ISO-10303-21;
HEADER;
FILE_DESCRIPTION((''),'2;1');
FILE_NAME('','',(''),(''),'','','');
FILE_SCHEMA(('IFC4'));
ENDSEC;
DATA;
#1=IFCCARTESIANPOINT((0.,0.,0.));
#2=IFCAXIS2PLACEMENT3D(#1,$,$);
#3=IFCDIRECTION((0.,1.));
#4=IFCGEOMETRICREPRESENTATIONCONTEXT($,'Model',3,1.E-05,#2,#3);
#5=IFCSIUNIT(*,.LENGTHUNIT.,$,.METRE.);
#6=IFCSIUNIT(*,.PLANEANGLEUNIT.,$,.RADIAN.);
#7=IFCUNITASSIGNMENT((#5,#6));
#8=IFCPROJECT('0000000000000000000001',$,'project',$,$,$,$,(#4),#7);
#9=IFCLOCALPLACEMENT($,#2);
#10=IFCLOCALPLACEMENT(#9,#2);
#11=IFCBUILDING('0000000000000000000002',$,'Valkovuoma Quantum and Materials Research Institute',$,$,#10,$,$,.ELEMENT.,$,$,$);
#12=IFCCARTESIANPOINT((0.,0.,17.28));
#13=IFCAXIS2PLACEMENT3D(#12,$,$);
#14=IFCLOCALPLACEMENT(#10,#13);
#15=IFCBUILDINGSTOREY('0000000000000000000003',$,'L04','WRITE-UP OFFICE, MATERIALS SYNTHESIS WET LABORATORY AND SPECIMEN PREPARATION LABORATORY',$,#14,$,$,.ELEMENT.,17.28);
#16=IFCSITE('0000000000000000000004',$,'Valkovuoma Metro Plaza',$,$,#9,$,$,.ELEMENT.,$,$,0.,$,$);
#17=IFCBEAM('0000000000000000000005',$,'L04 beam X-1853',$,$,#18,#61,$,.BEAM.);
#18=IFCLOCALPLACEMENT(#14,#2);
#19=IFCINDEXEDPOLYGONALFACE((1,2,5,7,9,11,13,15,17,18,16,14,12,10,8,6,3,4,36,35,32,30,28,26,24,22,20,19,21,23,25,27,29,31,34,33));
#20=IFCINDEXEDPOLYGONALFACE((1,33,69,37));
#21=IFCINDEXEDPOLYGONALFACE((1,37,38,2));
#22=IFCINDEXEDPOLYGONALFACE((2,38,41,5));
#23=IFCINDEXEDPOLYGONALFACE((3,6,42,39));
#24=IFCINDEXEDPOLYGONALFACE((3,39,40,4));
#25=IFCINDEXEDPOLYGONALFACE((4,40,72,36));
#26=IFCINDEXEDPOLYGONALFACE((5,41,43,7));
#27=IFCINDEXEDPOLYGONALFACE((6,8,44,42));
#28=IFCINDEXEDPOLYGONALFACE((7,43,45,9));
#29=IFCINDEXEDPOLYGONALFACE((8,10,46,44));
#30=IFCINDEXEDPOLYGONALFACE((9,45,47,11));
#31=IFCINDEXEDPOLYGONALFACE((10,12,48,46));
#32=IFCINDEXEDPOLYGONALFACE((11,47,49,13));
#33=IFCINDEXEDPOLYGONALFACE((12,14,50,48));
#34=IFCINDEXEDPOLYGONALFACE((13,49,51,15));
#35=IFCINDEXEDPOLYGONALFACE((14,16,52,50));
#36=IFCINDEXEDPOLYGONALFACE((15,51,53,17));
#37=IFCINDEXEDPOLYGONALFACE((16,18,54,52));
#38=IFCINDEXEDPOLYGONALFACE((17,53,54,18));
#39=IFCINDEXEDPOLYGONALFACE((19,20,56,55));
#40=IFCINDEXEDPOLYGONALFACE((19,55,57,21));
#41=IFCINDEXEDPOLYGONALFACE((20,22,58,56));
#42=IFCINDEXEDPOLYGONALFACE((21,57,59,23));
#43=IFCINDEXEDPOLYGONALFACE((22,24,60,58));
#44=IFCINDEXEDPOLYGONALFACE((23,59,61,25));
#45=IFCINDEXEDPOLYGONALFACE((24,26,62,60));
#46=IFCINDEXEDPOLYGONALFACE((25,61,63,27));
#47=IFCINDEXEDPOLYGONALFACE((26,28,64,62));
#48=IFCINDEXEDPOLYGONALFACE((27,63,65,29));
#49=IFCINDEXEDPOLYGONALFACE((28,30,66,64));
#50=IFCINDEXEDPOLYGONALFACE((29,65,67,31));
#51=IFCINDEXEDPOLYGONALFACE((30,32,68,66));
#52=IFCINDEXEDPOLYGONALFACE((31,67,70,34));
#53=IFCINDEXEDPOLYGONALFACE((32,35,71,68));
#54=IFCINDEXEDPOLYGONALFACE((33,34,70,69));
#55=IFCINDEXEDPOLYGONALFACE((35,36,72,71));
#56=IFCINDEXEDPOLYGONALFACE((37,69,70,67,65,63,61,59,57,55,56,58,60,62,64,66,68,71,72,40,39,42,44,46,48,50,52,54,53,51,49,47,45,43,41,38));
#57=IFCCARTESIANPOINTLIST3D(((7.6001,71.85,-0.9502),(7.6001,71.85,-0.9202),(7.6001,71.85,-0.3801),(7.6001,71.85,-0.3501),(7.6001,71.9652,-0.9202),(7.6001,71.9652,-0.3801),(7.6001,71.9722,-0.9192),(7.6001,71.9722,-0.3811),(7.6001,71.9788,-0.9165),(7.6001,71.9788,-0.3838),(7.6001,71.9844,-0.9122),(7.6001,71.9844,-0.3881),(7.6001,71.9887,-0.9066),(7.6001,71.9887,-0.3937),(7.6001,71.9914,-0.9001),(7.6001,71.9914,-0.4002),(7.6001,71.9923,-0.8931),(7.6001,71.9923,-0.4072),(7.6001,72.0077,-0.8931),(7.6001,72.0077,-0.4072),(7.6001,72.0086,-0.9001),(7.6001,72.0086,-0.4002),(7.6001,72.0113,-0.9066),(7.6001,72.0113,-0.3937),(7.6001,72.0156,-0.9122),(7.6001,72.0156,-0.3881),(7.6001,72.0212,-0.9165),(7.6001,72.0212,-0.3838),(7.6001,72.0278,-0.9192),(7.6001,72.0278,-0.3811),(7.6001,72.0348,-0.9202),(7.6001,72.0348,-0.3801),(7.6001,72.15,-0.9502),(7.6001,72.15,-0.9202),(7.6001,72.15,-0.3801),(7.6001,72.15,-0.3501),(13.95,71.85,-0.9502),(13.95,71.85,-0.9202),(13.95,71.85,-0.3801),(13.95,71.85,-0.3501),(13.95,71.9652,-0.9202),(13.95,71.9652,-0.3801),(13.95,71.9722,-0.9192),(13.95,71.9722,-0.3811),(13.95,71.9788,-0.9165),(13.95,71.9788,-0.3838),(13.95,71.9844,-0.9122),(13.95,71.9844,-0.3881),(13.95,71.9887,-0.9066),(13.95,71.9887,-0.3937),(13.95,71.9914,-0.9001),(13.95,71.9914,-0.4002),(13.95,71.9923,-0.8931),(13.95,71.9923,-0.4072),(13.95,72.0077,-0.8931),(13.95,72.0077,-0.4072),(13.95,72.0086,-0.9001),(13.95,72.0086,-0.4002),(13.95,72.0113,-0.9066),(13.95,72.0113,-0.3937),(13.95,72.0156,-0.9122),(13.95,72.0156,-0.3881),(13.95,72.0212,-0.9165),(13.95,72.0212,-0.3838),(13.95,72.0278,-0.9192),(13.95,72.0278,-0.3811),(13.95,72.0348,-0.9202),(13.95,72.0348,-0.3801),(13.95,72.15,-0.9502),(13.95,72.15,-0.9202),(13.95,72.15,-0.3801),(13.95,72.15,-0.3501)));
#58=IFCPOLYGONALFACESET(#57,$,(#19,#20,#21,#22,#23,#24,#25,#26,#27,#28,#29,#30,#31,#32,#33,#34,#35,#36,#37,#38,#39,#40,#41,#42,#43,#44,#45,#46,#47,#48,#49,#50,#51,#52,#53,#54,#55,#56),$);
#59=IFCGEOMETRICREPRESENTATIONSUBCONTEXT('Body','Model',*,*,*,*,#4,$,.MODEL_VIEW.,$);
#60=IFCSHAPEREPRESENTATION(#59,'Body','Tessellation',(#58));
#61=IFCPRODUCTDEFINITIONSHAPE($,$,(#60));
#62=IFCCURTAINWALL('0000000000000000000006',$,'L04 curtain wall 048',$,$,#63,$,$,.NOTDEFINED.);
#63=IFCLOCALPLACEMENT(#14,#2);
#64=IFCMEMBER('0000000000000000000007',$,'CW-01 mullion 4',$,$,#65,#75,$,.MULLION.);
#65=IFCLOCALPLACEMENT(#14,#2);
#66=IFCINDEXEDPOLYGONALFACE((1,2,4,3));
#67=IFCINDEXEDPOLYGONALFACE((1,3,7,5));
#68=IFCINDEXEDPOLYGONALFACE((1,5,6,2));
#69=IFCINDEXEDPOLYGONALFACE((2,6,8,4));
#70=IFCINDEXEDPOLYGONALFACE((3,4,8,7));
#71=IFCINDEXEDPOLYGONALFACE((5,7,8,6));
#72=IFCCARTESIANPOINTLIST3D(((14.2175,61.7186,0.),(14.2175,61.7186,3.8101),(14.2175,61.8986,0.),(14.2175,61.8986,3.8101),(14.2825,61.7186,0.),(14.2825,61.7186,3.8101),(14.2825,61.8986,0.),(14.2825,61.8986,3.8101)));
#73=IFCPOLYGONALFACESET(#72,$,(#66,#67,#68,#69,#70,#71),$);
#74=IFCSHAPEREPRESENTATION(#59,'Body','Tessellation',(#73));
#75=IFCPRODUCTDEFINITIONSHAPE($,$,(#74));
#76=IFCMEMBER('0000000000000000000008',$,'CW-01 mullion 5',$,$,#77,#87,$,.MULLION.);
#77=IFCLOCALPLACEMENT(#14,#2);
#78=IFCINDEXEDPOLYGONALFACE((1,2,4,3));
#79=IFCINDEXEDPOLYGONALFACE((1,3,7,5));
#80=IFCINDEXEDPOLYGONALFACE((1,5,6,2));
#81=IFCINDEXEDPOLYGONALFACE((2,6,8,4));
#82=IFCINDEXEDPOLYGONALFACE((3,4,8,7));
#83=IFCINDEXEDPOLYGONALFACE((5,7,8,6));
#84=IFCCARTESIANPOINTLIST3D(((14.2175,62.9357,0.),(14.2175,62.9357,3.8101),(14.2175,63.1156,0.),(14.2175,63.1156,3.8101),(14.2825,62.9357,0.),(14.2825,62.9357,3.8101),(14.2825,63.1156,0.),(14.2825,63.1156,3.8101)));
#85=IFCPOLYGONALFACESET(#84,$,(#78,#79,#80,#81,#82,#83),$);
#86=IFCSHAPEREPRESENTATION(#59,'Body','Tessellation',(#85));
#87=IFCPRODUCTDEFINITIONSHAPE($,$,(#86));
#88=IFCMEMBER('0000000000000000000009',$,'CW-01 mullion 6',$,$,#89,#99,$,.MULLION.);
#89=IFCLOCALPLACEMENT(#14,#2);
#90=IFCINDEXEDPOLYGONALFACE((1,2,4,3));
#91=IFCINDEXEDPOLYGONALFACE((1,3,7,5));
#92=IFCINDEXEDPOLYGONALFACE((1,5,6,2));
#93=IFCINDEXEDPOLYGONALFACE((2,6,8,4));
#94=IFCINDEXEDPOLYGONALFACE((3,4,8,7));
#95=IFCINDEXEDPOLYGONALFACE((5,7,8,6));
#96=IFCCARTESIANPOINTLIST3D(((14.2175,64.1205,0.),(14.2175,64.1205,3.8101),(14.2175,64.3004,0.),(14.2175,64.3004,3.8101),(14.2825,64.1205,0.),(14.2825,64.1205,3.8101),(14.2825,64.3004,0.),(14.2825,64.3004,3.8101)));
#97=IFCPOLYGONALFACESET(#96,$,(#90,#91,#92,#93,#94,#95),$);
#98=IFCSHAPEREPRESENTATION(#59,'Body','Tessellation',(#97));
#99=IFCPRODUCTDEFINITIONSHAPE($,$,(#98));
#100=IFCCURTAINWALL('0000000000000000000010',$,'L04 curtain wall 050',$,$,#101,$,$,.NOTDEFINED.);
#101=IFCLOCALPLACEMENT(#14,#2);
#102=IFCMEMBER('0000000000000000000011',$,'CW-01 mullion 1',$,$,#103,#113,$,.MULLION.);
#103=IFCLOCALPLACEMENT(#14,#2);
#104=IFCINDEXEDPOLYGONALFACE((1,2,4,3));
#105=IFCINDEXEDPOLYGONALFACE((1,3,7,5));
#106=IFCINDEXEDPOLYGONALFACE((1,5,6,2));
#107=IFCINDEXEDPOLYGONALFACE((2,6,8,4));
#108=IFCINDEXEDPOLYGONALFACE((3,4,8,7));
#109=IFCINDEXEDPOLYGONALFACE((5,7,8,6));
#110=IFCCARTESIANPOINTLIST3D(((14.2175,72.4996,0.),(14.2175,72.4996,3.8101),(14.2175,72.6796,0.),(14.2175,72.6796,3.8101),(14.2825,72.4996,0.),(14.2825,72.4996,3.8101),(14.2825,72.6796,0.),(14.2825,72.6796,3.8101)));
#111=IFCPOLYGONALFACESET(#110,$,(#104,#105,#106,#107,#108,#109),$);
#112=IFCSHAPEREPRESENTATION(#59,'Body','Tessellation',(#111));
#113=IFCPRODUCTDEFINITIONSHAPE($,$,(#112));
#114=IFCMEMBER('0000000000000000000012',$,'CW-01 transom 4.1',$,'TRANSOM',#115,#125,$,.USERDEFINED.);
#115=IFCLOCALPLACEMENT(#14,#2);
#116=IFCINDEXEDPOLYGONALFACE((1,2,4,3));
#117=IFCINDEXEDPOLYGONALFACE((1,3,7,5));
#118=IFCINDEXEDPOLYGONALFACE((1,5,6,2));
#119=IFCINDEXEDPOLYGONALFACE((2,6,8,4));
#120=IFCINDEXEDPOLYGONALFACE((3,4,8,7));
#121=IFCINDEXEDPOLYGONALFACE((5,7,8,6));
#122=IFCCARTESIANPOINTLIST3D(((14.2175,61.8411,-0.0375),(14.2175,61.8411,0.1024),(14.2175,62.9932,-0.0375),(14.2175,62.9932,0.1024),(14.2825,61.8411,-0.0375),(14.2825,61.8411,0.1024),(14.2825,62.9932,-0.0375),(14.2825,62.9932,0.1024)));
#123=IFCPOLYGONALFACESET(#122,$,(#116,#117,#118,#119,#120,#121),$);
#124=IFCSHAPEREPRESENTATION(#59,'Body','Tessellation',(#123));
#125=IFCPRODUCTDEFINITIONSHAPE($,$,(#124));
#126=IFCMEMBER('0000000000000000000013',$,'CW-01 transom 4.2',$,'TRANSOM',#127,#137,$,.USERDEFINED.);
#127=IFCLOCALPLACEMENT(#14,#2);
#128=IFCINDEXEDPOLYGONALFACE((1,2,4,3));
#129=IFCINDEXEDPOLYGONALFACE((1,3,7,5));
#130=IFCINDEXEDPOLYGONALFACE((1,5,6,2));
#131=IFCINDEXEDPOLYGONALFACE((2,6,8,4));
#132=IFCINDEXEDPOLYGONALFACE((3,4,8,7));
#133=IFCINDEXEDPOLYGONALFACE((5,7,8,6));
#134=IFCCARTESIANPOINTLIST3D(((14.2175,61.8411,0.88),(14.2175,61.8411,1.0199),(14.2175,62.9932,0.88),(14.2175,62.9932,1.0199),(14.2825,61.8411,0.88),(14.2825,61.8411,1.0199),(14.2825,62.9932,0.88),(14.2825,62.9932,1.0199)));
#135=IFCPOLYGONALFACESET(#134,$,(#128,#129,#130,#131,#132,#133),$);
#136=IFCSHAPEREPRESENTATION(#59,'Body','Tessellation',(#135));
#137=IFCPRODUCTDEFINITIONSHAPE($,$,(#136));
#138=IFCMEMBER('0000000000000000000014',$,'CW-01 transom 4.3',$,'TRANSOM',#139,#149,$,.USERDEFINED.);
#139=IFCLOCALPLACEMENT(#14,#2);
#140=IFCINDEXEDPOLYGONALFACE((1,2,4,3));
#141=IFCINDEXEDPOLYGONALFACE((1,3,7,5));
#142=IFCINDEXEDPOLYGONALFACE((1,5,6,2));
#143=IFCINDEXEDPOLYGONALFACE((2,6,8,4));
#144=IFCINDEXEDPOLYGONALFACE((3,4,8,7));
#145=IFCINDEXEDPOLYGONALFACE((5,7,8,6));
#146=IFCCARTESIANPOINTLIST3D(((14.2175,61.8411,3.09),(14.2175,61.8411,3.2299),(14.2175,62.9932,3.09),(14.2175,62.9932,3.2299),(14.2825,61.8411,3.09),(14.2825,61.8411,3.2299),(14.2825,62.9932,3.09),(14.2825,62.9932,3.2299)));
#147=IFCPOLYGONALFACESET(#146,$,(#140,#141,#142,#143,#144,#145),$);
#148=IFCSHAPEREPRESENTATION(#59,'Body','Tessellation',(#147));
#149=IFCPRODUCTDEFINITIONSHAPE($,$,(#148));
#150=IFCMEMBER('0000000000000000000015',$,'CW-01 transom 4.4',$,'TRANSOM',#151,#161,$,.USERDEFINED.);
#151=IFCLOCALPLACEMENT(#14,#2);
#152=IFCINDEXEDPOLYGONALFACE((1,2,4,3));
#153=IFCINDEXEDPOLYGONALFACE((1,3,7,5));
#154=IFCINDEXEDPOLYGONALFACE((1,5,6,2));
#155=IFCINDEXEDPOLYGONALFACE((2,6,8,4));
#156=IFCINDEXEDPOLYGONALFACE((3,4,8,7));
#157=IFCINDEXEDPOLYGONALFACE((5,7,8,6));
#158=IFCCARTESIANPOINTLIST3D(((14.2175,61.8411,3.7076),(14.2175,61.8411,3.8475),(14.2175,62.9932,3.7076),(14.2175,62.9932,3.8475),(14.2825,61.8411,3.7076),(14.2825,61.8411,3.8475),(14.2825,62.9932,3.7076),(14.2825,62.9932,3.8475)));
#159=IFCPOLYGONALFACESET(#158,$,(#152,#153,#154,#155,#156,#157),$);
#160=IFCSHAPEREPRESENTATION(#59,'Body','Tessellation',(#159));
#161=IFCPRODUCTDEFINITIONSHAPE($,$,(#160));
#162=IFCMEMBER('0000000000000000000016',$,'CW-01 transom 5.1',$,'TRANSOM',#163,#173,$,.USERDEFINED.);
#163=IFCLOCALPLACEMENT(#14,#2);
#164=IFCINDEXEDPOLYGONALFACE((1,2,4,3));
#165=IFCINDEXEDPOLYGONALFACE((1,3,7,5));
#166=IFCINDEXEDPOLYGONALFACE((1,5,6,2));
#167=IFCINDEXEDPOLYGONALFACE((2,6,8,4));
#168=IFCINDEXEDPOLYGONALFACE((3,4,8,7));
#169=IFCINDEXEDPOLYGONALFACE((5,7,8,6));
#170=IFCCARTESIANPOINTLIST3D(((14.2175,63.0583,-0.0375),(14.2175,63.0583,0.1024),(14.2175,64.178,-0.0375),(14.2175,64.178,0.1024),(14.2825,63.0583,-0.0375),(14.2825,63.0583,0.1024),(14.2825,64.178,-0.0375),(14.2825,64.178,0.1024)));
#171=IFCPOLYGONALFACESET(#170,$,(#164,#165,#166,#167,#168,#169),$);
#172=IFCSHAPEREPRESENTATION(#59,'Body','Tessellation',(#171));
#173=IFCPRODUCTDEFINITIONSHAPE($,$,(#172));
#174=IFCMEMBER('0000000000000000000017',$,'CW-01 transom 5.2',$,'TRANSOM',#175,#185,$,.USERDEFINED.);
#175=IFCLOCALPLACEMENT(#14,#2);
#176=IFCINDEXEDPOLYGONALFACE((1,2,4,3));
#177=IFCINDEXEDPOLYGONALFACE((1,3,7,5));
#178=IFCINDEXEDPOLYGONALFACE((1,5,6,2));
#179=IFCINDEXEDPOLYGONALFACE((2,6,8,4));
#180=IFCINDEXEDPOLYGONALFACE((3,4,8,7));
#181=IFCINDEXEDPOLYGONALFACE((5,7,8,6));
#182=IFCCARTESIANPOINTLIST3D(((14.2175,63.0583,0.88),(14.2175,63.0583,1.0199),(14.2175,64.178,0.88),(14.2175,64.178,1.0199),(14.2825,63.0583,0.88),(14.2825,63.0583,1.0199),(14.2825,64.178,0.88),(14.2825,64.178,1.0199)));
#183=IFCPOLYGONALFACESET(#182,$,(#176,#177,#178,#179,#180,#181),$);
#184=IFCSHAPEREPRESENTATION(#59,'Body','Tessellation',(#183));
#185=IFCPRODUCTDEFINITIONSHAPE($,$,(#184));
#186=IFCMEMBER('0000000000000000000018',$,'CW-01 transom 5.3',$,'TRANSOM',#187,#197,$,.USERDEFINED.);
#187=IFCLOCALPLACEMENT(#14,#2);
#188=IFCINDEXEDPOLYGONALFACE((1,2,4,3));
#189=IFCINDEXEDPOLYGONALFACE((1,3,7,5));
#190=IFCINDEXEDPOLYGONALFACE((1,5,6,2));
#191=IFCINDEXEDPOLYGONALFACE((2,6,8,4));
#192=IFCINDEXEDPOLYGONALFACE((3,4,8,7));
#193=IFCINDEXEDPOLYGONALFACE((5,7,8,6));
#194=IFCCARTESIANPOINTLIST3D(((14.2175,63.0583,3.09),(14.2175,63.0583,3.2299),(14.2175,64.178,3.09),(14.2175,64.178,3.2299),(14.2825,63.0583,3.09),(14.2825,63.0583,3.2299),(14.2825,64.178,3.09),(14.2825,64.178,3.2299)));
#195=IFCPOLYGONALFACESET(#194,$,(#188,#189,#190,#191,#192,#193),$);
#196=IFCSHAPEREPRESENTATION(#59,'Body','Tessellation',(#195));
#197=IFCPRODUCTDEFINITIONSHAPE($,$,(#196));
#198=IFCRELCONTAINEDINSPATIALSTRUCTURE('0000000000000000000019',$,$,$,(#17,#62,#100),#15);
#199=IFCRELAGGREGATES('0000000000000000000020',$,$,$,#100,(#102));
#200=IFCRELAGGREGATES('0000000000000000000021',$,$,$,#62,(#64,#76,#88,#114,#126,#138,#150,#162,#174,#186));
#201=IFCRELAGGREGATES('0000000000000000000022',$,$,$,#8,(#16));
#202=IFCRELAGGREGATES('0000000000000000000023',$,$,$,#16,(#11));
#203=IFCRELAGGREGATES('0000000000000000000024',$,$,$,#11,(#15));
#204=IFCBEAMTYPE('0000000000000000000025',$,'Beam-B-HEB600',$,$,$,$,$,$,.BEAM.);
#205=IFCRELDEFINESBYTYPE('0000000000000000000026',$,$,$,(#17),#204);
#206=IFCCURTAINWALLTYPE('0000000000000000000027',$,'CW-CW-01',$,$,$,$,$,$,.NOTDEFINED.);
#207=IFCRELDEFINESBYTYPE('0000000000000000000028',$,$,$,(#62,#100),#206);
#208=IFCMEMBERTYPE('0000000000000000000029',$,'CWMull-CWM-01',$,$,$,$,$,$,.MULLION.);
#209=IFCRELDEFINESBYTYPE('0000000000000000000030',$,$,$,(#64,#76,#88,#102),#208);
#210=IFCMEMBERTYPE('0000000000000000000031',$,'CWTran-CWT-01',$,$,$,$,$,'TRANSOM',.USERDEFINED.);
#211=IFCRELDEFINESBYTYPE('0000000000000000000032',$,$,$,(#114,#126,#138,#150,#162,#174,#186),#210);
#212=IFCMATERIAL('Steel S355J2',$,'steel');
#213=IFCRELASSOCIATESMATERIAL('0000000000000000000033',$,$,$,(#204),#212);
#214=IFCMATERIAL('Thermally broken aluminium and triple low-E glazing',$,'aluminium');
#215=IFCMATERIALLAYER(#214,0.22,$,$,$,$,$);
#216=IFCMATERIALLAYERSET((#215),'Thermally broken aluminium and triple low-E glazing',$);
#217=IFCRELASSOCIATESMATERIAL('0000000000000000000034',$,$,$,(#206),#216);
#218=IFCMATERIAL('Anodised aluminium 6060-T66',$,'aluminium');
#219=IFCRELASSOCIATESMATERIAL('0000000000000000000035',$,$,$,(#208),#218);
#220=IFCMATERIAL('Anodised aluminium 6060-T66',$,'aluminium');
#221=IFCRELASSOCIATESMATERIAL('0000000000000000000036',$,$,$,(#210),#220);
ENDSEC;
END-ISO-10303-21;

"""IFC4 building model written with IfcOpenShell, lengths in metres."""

from ifc_helpers import new_model, si_unit, direction, frame, origin, origin_2d, place, context, subcontext, project, spatial, rectangle, i_section, extrude, material, layer, layer_set, material_profile, profile_set, type_object, element, aggregate, save


model = new_model("IFC4")

# Units and contexts
model_context = context("Model", 3, precision=1e-05, world=origin(), true_north=direction((0.0, 1.0)))
body_context = subcontext(model_context, "Body", "Model", "MODEL_VIEW")
ifc_project = project(units=[si_unit("LENGTHUNIT", "METRE"), si_unit("PLANEANGLEUNIT", "RADIAN")], contexts=[model_context])

# Site, building, storey
site_placement = place(None, origin())
site = spatial("IfcSite", under=ifc_project, at=site_placement, Name="Valkovuoma Metro Plaza", CompositionType="ELEMENT", RefElevation=0.0)
building_placement = place(site_placement, origin())
building = spatial("IfcBuilding", under=site, at=building_placement, Name="Valkovuoma Quantum and Materials Research Institute", CompositionType="ELEMENT")
storey_placement = place(building_placement, frame((0.0, 0.0, 17.28)))
storey = spatial("IfcBuildingStorey", under=building, at=storey_placement, Name="L04", Description="WRITE-UP OFFICE, MATERIALS SYNTHESIS WET LABORATORY AND SPECIMEN PREPARATION LABORATORY", CompositionType="ELEMENT", Elevation=17.28)

# Beam
ifc_material_1 = material(Name="Steel S355J2", Category="steel")
ifc_material_profile_1 = material_profile(ifc_material_1, i_section(OverallWidth=0.3, OverallDepth=0.6001, WebThickness=0.0154, FlangeThickness=0.03, FilletRadius=0.0271, at=origin_2d()), Name="Steel S355J2")
ifc_profile_set_1 = profile_set([ifc_material_profile_1], Name="Steel S355J2")
beam_type = type_object("IfcBeamType", Name="Beam-B-HEB600", PredefinedType="BEAM", material=ifc_profile_set_1)
beam_placement = place(storey_placement, frame((7.6001, 72.0, -0.6501), z_axis=(1.0, 0.0, 0.0), x_axis=(0.0, 1.0, 0.0)))
element("IfcBeam", 1, at=beam_placement, inside=storey, type_object=beam_type, Name="L04 beam X-1853", PredefinedType="BEAM", context=body_context, shape_type="SweptSolid", body=[
    extrude(i_section(OverallWidth=0.3, OverallDepth=0.6001, WebThickness=0.0154, FlangeThickness=0.03, FilletRadius=0.0271, at=origin_2d()), origin(), (0.0, 0.0, 1.0), 6.3499),
])

# Curtain wall, members
ifc_material_2 = material(Name="Thermally broken aluminium and triple low-E glazing", Category="aluminium")
ifc_layer_1 = layer(ifc_material_2, 0.22)
ifc_layer_set_1 = layer_set([ifc_layer_1], Name="Thermally broken aluminium and triple low-E glazing")
curtain_wall_type = type_object("IfcCurtainWallType", Name="CW-CW-01", PredefinedType="NOTDEFINED", material=ifc_layer_set_1)
curtain_wall_1_placement = place(storey_placement, origin())
curtain_wall_1 = element("IfcCurtainWall", 2, at=curtain_wall_1_placement, inside=storey, type_object=curtain_wall_type, Name="L04 curtain wall 048", PredefinedType="NOTDEFINED")
ifc_material_3 = material(Name="Anodised aluminium 6060-T66", Category="aluminium")
ifc_material_profile_2 = material_profile(ifc_material_3, rectangle(XDim=0.0649, YDim=0.1799, at=origin_2d()), Name="Anodised aluminium 6060-T66")
ifc_profile_set_2 = profile_set([ifc_material_profile_2], Name="Anodised aluminium 6060-T66")
member_type_1 = type_object("IfcMemberType", Name="CWMull-CWM-01", PredefinedType="MULLION", material=ifc_profile_set_2)
member_1_placement = place(storey_placement, frame((14.25, 61.8086, 0.0), z_axis=(0.0, 0.0, 1.0), x_axis=(-1.0, 0.0, 0.0)))
member_1 = element("IfcMember", 3, at=member_1_placement, type_object=member_type_1, Name="CW-01 mullion 4", PredefinedType="MULLION", context=body_context, shape_type="SweptSolid", body=[
    extrude(rectangle(XDim=0.0649, YDim=0.1799, at=origin_2d()), origin(), (0.0, 0.0, 1.0), 3.8101),
])
member_2_placement = place(storey_placement, frame((14.25, 63.0256, 0.0), z_axis=(0.0, 0.0, 1.0), x_axis=(-1.0, 0.0, 0.0)))
member_2 = element("IfcMember", 4, at=member_2_placement, type_object=member_type_1, Name="CW-01 mullion 5", PredefinedType="MULLION", context=body_context, shape_type="SweptSolid", body=[
    extrude(rectangle(XDim=0.0649, YDim=0.1799, at=origin_2d()), origin(), (0.0, 0.0, 1.0), 3.8101),
])
member_3_placement = place(storey_placement, frame((14.25, 64.2104, 0.0), z_axis=(0.0, 0.0, 1.0), x_axis=(-1.0, 0.0, 0.0)))
member_3 = element("IfcMember", 5, at=member_3_placement, type_object=member_type_1, Name="CW-01 mullion 6", PredefinedType="MULLION", context=body_context, shape_type="SweptSolid", body=[
    extrude(rectangle(XDim=0.0649, YDim=0.1799, at=origin_2d()), origin(), (0.0, 0.0, 1.0), 3.8101),
])

# Curtain wall, member
curtain_wall_2_placement = place(storey_placement, origin())
curtain_wall_2 = element("IfcCurtainWall", 6, at=curtain_wall_2_placement, inside=storey, type_object=curtain_wall_type, Name="L04 curtain wall 050", PredefinedType="NOTDEFINED")
member_4_placement = place(storey_placement, frame((14.25, 72.5896, 0.0), z_axis=(0.0, 0.0, 1.0), x_axis=(-1.0, 0.0, 0.0)))
member_4 = element("IfcMember", 7, at=member_4_placement, type_object=member_type_1, Name="CW-01 mullion 1", PredefinedType="MULLION", context=body_context, shape_type="SweptSolid", body=[
    extrude(rectangle(XDim=0.0649, YDim=0.1799, at=origin_2d()), origin(), (0.0, 0.0, 1.0), 3.8101),
])

# Members
ifc_material_4 = material(Name="Anodised aluminium 6060-T66", Category="aluminium")
ifc_material_profile_3 = material_profile(ifc_material_4, rectangle(XDim=0.0649, YDim=0.1399, at=origin_2d()), Name="Anodised aluminium 6060-T66")
ifc_profile_set_3 = profile_set([ifc_material_profile_3], Name="Anodised aluminium 6060-T66")
member_type_2 = type_object("IfcMemberType", Name="CWTran-CWT-01", ElementType="TRANSOM", PredefinedType="USERDEFINED", material=ifc_profile_set_3)
member_5_placement = place(storey_placement, frame((14.25, 61.8411, 0.0325), z_axis=(0.0, 1.0, 0.0), x_axis=(-1.0, 0.0, 0.0)))
member_5 = element("IfcMember", 8, at=member_5_placement, type_object=member_type_2, Name="CW-01 transom 4.1", ObjectType="TRANSOM", PredefinedType="USERDEFINED", context=body_context, shape_type="SweptSolid", body=[
    extrude(rectangle(XDim=0.0649, YDim=0.1399, at=origin_2d()), origin(), (0.0, 0.0, 1.0), 1.1521),
])
member_6_placement = place(storey_placement, frame((14.25, 61.8411, 0.95), z_axis=(0.0, 1.0, 0.0), x_axis=(-1.0, 0.0, 0.0)))
member_6 = element("IfcMember", 9, at=member_6_placement, type_object=member_type_2, Name="CW-01 transom 4.2", ObjectType="TRANSOM", PredefinedType="USERDEFINED", context=body_context, shape_type="SweptSolid", body=[
    extrude(rectangle(XDim=0.0649, YDim=0.1399, at=origin_2d()), origin(), (0.0, 0.0, 1.0), 1.1521),
])
member_7_placement = place(storey_placement, frame((14.25, 61.8411, 3.1599), z_axis=(0.0, 1.0, 0.0), x_axis=(-1.0, 0.0, 0.0)))
member_7 = element("IfcMember", 10, at=member_7_placement, type_object=member_type_2, Name="CW-01 transom 4.3", ObjectType="TRANSOM", PredefinedType="USERDEFINED", context=body_context, shape_type="SweptSolid", body=[
    extrude(rectangle(XDim=0.0649, YDim=0.1399, at=origin_2d()), origin(), (0.0, 0.0, 1.0), 1.1521),
])
member_8_placement = place(storey_placement, frame((14.25, 61.8411, 3.7776), z_axis=(0.0, 1.0, 0.0), x_axis=(-1.0, 0.0, 0.0)))
member_8 = element("IfcMember", 11, at=member_8_placement, type_object=member_type_2, Name="CW-01 transom 4.4", ObjectType="TRANSOM", PredefinedType="USERDEFINED", context=body_context, shape_type="SweptSolid", body=[
    extrude(rectangle(XDim=0.0649, YDim=0.1399, at=origin_2d()), origin(), (0.0, 0.0, 1.0), 1.1521),
])
member_9_placement = place(storey_placement, frame((14.25, 63.0583, 0.0325), z_axis=(0.0, 1.0, 0.0), x_axis=(-1.0, 0.0, 0.0)))
member_9 = element("IfcMember", 12, at=member_9_placement, type_object=member_type_2, Name="CW-01 transom 5.1", ObjectType="TRANSOM", PredefinedType="USERDEFINED", context=body_context, shape_type="SweptSolid", body=[
    extrude(rectangle(XDim=0.0649, YDim=0.1399, at=origin_2d()), origin(), (0.0, 0.0, 1.0), 1.1196),
])
member_10_placement = place(storey_placement, frame((14.25, 63.0583, 0.95), z_axis=(0.0, 1.0, 0.0), x_axis=(-1.0, 0.0, 0.0)))
member_10 = element("IfcMember", 13, at=member_10_placement, type_object=member_type_2, Name="CW-01 transom 5.2", ObjectType="TRANSOM", PredefinedType="USERDEFINED", context=body_context, shape_type="SweptSolid", body=[
    extrude(rectangle(XDim=0.0649, YDim=0.1399, at=origin_2d()), origin(), (0.0, 0.0, 1.0), 1.1196),
])
member_11_placement = place(storey_placement, frame((14.25, 63.0583, 3.1599), z_axis=(0.0, 1.0, 0.0), x_axis=(-1.0, 0.0, 0.0)))
member_11 = element("IfcMember", 14, at=member_11_placement, type_object=member_type_2, Name="CW-01 transom 5.3", ObjectType="TRANSOM", PredefinedType="USERDEFINED", context=body_context, shape_type="SweptSolid", body=[
    extrude(rectangle(XDim=0.0649, YDim=0.1399, at=origin_2d()), origin(), (0.0, 0.0, 1.0), 1.1196),
])
aggregate(curtain_wall_2, [member_4])

aggregate(curtain_wall_1, [member_1, member_2, member_3, member_5, member_6, member_7, member_8, member_9, member_10, member_11])

save(model, "model.ifc")
